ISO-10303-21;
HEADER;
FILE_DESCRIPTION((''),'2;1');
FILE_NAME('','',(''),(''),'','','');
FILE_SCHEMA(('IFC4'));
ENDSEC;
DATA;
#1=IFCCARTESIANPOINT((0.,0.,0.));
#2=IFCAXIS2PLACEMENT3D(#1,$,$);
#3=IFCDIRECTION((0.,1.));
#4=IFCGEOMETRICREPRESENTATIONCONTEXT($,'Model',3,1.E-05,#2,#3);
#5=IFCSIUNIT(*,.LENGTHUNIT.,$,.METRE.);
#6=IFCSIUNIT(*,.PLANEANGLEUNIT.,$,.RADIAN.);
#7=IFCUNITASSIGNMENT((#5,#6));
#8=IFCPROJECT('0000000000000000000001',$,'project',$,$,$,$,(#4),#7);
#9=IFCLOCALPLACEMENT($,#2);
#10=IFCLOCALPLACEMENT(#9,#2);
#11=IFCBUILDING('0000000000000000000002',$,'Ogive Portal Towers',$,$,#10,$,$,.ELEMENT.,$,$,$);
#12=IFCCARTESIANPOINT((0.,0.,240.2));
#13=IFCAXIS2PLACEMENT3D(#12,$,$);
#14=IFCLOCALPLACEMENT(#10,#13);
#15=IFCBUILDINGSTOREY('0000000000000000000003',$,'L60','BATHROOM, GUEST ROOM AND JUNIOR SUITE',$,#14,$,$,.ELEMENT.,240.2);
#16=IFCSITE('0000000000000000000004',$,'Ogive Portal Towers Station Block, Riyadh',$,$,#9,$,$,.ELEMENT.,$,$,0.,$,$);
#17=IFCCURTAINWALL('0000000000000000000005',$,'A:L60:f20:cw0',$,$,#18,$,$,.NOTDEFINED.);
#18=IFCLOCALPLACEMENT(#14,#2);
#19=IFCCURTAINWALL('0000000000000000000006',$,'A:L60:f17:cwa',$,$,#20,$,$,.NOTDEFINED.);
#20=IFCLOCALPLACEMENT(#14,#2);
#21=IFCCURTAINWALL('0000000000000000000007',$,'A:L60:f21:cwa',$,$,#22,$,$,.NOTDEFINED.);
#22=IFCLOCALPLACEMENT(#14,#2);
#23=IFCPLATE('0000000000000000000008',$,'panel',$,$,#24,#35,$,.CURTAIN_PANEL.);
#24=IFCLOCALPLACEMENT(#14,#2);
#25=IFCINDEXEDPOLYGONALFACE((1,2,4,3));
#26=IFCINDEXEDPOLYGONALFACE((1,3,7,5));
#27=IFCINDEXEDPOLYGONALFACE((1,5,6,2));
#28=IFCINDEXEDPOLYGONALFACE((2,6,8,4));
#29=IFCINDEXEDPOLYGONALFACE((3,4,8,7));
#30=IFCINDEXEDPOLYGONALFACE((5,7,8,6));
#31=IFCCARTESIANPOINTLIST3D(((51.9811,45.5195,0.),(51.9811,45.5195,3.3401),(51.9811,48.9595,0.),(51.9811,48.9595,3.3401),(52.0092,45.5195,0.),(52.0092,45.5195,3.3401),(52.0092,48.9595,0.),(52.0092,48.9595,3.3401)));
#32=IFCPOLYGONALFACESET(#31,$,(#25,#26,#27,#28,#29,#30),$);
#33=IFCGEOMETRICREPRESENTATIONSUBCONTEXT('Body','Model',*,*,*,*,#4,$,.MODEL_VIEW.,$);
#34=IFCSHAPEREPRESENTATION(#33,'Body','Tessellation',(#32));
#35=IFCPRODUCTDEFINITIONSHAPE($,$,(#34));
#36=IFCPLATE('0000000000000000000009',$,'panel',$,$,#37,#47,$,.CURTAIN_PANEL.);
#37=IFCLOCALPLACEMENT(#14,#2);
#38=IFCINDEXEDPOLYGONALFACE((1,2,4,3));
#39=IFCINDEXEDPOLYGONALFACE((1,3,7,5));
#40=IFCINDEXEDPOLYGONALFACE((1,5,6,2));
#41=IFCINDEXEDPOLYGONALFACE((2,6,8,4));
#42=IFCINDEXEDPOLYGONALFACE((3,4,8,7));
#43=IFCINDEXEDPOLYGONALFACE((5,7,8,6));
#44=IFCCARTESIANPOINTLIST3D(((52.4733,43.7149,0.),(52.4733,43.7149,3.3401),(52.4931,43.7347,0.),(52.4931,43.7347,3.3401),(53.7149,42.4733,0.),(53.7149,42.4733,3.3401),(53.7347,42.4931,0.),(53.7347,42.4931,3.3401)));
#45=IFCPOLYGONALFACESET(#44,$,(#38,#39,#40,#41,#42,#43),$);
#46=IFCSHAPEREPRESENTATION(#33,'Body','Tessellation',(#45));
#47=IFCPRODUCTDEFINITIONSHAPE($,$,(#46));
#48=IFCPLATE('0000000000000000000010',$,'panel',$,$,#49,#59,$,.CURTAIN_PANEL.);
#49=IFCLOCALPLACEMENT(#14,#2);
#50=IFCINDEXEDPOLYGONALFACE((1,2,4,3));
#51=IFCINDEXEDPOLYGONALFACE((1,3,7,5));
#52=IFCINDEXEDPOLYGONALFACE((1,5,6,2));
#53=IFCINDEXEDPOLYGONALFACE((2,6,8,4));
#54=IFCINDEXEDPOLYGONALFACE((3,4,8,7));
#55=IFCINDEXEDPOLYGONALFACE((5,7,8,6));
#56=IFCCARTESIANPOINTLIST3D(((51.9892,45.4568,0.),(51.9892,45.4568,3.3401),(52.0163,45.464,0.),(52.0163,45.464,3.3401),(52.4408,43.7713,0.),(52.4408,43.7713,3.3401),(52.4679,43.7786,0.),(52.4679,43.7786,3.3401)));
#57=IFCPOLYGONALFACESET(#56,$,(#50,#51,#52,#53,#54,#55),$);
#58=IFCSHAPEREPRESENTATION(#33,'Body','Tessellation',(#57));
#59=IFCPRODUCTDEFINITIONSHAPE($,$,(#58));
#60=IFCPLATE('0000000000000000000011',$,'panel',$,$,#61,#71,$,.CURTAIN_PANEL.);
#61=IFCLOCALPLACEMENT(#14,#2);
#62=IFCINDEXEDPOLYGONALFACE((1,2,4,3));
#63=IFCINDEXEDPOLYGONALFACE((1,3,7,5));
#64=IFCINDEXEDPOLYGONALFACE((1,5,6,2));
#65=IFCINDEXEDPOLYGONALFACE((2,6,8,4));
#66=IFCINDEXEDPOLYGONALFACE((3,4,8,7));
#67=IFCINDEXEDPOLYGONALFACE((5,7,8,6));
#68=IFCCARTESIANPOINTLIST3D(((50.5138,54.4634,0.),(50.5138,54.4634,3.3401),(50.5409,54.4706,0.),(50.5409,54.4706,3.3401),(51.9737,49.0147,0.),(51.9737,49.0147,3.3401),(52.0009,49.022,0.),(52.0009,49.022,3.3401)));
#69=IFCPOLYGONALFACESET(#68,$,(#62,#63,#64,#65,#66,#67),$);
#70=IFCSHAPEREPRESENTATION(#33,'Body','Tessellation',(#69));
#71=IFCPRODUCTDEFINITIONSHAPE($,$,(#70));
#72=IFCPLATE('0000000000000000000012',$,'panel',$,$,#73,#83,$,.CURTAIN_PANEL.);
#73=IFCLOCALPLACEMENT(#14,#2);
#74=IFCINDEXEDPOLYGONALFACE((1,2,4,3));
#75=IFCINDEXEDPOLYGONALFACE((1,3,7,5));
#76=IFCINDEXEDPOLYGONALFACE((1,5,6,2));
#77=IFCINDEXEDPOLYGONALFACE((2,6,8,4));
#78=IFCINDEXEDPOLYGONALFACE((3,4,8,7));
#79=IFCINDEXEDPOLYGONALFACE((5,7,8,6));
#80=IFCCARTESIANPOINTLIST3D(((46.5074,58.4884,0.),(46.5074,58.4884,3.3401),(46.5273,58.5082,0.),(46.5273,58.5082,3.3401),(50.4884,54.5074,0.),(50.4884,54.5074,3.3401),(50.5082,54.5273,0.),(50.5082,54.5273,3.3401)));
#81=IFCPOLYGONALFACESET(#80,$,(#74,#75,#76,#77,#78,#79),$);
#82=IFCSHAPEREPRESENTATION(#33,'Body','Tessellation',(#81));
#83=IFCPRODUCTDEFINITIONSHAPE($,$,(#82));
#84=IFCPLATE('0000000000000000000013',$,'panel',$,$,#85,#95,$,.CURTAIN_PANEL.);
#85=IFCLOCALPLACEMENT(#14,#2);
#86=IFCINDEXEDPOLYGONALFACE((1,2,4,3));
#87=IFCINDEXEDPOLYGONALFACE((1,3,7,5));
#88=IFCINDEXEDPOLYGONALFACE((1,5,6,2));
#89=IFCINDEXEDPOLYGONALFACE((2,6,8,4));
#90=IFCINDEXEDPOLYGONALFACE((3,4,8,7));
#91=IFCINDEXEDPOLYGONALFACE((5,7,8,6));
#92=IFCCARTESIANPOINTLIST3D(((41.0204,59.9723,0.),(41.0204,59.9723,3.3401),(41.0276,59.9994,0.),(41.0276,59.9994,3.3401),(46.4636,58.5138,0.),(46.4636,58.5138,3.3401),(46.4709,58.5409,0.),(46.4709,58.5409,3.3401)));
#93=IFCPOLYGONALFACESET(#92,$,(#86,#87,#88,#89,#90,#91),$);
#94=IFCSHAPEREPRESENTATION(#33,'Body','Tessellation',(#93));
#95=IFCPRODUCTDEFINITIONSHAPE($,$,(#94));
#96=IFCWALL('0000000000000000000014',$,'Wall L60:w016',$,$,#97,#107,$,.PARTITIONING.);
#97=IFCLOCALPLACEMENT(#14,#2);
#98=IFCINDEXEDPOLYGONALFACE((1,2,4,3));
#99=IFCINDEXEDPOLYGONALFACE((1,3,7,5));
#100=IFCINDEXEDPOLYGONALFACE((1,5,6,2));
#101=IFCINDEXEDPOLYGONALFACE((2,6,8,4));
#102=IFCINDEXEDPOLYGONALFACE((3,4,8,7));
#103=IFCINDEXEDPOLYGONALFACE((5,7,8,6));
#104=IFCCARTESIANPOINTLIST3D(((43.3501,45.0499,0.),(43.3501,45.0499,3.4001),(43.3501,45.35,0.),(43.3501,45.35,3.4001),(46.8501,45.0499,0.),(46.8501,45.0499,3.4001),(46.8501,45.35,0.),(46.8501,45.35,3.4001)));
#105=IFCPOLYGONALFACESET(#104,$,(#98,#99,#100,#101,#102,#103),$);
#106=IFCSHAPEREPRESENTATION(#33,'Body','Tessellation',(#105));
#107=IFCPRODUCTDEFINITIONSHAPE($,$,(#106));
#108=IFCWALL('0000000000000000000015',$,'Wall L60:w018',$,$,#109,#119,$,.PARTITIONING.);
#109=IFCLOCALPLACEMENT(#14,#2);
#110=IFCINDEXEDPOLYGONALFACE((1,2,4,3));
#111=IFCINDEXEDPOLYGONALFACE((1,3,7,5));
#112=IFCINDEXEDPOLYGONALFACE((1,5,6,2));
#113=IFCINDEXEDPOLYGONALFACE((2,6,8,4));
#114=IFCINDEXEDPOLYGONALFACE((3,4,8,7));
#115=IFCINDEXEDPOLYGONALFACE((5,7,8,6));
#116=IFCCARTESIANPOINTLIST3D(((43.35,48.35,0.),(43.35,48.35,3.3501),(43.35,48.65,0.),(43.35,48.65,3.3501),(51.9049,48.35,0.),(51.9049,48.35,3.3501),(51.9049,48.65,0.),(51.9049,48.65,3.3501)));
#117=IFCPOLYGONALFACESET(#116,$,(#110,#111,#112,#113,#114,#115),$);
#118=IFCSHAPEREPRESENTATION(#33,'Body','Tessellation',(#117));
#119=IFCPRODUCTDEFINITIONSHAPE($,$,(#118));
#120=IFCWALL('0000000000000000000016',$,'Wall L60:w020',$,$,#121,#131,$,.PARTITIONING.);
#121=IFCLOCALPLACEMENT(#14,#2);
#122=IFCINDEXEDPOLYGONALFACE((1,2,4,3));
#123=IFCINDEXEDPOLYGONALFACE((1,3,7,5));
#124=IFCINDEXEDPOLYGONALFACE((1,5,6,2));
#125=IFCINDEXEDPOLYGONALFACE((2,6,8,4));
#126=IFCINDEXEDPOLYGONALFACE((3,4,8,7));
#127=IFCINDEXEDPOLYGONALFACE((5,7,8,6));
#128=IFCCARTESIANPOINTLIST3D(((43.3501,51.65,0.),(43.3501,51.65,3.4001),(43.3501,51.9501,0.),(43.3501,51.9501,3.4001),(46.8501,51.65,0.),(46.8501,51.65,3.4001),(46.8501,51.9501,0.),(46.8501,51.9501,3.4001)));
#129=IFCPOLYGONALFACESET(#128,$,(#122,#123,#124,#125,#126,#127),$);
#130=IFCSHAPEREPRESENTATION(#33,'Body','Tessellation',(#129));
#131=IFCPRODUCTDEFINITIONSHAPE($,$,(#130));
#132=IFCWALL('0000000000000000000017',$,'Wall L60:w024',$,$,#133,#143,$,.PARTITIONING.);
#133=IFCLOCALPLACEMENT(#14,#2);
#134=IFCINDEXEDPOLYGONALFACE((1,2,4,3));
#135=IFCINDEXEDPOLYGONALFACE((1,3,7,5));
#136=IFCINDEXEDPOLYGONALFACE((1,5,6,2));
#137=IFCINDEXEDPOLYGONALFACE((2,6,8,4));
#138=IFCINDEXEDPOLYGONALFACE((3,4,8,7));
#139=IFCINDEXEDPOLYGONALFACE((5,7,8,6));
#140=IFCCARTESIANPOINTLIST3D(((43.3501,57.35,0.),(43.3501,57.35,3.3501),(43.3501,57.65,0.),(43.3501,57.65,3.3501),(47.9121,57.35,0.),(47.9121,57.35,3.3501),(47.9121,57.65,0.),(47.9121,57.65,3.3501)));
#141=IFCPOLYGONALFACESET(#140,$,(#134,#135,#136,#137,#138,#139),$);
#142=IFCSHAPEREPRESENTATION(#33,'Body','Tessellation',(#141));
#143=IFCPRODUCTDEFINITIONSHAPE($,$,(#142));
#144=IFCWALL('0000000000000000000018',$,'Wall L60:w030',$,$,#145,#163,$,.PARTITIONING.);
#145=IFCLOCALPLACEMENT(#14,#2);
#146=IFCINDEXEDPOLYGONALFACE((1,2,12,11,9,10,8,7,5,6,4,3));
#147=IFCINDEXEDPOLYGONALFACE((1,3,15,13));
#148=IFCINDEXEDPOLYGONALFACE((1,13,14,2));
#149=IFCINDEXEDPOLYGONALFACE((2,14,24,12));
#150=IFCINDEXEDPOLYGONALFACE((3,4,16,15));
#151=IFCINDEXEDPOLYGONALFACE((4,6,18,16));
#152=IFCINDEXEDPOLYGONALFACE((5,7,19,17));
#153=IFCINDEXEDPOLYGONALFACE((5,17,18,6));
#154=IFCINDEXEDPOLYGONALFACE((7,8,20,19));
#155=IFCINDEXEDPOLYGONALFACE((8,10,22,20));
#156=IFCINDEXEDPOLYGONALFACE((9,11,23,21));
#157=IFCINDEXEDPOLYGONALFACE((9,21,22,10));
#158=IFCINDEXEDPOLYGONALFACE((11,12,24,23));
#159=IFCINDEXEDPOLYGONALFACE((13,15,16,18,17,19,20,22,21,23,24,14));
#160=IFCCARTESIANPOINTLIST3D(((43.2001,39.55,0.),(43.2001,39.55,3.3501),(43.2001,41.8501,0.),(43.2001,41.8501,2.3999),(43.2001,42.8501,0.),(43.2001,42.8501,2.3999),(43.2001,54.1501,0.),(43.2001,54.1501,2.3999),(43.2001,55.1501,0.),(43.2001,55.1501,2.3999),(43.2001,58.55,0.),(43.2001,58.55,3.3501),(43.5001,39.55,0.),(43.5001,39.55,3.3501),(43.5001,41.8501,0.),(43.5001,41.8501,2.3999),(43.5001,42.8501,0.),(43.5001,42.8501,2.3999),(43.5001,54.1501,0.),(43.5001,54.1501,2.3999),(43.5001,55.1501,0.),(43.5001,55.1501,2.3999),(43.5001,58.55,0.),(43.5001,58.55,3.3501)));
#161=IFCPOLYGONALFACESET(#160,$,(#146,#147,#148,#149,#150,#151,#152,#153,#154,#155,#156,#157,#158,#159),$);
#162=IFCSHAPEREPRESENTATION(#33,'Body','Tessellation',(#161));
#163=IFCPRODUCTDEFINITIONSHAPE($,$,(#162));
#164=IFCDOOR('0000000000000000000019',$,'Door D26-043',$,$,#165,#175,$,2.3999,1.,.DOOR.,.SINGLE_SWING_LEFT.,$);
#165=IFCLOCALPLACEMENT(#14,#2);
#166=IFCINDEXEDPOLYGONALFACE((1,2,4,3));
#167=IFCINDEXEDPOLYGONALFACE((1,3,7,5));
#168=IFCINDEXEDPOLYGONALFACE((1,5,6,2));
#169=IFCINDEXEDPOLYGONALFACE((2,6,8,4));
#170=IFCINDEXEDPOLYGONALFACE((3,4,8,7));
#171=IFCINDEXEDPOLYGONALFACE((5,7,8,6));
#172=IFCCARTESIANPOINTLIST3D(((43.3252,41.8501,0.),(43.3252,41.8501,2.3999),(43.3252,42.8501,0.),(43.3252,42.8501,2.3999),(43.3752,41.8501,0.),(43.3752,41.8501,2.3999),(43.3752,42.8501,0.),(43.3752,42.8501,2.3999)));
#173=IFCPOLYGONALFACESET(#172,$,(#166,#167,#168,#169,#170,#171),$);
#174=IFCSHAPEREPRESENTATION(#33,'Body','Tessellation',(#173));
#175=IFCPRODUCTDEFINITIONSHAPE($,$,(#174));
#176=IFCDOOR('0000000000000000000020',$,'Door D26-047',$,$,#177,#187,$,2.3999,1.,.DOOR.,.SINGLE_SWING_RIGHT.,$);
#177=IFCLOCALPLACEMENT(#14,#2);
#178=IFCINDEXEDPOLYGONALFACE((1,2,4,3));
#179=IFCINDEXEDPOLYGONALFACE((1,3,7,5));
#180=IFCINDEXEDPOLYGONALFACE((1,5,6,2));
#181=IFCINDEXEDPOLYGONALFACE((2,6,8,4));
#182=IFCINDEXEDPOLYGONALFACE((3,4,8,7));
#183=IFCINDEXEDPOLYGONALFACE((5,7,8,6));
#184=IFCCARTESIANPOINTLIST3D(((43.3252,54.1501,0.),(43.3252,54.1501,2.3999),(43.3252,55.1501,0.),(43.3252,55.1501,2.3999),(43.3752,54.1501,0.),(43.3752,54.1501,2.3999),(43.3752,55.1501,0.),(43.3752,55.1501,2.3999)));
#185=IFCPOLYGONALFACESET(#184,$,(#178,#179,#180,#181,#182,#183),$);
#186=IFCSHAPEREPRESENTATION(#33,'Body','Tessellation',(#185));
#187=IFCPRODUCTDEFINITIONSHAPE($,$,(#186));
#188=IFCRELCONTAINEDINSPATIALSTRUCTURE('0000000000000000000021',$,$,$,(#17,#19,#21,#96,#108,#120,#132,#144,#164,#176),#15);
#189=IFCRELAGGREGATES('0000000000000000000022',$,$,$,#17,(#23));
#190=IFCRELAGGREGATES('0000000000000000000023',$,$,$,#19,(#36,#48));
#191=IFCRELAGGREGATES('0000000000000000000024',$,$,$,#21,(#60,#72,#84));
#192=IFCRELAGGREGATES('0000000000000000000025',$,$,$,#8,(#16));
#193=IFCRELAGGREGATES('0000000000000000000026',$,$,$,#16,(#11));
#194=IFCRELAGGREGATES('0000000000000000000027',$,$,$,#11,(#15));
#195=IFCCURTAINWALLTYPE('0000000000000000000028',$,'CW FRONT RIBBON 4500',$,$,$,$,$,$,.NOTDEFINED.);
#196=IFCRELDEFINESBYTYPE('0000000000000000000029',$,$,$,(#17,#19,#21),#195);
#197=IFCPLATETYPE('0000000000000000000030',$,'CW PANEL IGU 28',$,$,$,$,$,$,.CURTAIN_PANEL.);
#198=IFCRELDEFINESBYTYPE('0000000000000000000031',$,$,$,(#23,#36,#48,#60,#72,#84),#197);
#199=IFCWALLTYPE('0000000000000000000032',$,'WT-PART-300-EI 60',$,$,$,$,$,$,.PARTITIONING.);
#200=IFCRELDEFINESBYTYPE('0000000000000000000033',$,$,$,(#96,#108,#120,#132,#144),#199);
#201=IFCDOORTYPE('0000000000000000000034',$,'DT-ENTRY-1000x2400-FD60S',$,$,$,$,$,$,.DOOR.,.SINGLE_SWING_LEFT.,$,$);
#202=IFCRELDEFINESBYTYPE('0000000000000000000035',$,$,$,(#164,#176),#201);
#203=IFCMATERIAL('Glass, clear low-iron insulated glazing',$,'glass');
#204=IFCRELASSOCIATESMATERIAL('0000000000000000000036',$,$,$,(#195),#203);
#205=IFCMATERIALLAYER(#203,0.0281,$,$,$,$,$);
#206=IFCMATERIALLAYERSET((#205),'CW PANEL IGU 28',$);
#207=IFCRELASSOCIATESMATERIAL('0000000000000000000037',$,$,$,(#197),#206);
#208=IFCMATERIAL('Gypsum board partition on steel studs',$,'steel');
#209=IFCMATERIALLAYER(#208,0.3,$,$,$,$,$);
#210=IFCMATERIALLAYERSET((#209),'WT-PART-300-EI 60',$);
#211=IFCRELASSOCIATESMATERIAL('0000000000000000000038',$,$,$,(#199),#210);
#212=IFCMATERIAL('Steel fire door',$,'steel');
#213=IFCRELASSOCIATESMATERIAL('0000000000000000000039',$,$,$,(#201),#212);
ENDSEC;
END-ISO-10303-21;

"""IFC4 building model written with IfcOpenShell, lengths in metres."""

from ifc_helpers import new_model, si_unit, direction, frame, frame_2d, origin, origin_2d, place, context, subcontext, project, spatial, rectangle, extrude, material, layer, layer_set, type_object, element, fill, aggregate, save


model = new_model("IFC4")

# Units and contexts
model_context = context("Model", 3, precision=1e-05, world=origin(), true_north=direction((0.0, 1.0)))
body_context = subcontext(model_context, "Body", "Model", "MODEL_VIEW")
ifc_project = project(units=[si_unit("LENGTHUNIT", "METRE"), si_unit("PLANEANGLEUNIT", "RADIAN")], contexts=[model_context])

# Site, building, storey
site_placement = place(None, origin())
site = spatial("IfcSite", under=ifc_project, at=site_placement, Name="Ogive Portal Towers Station Block, Riyadh", CompositionType="ELEMENT", RefElevation=0.0)
building_placement = place(site_placement, origin())
building = spatial("IfcBuilding", under=site, at=building_placement, Name="Ogive Portal Towers", CompositionType="ELEMENT")
storey_placement = place(building_placement, frame((0.0, 0.0, 240.2)))
storey = spatial("IfcBuildingStorey", under=building, at=storey_placement, Name="L60", Description="BATHROOM, GUEST ROOM AND JUNIOR SUITE", CompositionType="ELEMENT", Elevation=240.2)

# Curtain walls
ifc_material_1 = material(Name="Glass, clear low-iron insulated glazing", Category="glass")
curtain_wall_type = type_object("IfcCurtainWallType", Name="CW FRONT RIBBON 4500", PredefinedType="NOTDEFINED", material=ifc_material_1)
curtain_wall_1_placement = place(storey_placement, origin())
curtain_wall_1 = element("IfcCurtainWall", 1, at=curtain_wall_1_placement, inside=storey, type_object=curtain_wall_type, Name="A:L60:f20:cw0", PredefinedType="NOTDEFINED")
curtain_wall_2_placement = place(storey_placement, origin())
curtain_wall_2 = element("IfcCurtainWall", 2, at=curtain_wall_2_placement, inside=storey, type_object=curtain_wall_type, Name="A:L60:f17:cwa", PredefinedType="NOTDEFINED")
curtain_wall_3_placement = place(storey_placement, origin())
curtain_wall_3 = element("IfcCurtainWall", 3, at=curtain_wall_3_placement, inside=storey, type_object=curtain_wall_type, Name="A:L60:f21:cwa", PredefinedType="NOTDEFINED")

# Plates
ifc_layer_1 = layer(ifc_material_1, 0.0281)
ifc_layer_set_1 = layer_set([ifc_layer_1], Name="CW PANEL IGU 28")
plate_type = type_object("IfcPlateType", Name="CW PANEL IGU 28", PredefinedType="CURTAIN_PANEL", material=ifc_layer_set_1)
plate_1_placement = place(storey_placement, frame((51.9951, 47.2395, 0.0), z_axis=(0.0, 0.0, 1.0), x_axis=(0.0, 1.0, 0.0)))
plate_1 = element("IfcPlate", 4, at=plate_1_placement, type_object=plate_type, Name="panel", PredefinedType="CURTAIN_PANEL", context=body_context, shape_type="SweptSolid", body=[
    extrude(rectangle(XDim=3.4399, YDim=0.0281, at=origin_2d()), origin(), (0.0, 0.0, 1.0), 3.3401),
])
aggregate(curtain_wall_1, [plate_1])
plate_2_placement = place(storey_placement, frame((53.104, 43.104, 0.0), z_axis=(0.0, 0.0, 1.0), x_axis=(-0.707107, 0.707107, 0.0)))
plate_2 = element("IfcPlate", 5, at=plate_2_placement, type_object=plate_type, Name="panel", PredefinedType="CURTAIN_PANEL", context=body_context, shape_type="SweptSolid", body=[
    extrude(rectangle(XDim=1.7559, YDim=0.0281, at=origin_2d()), origin(), (0.0, 0.0, 1.0), 3.3401),
])
plate_3_placement = place(storey_placement, frame((52.2285, 44.6177, 0.0), z_axis=(0.0, 0.0, 1.0), x_axis=(-0.258819, 0.965926, 0.0)))
plate_3 = element("IfcPlate", 6, at=plate_3_placement, type_object=plate_type, Name="panel", PredefinedType="CURTAIN_PANEL", context=body_context, shape_type="SweptSolid", body=[
    extrude(rectangle(XDim=1.7449, YDim=0.0281, at=origin_2d()), origin(), (0.0, 0.0, 1.0), 3.3401),
])
aggregate(curtain_wall_2, [plate_2, plate_3])
plate_4_placement = place(storey_placement, frame((51.2573, 51.7427, 0.0), z_axis=(0.0, 0.0, 1.0), x_axis=(-0.258819, 0.965926, 0.0)))
plate_4 = element("IfcPlate", 7, at=plate_4_placement, type_object=plate_type, Name="panel", PredefinedType="CURTAIN_PANEL", context=body_context, shape_type="SweptSolid", body=[
    extrude(rectangle(XDim=5.6409, YDim=0.0281, at=origin_2d()), origin(), (0.0, 0.0, 1.0), 3.3401),
])
plate_5_placement = place(storey_placement, frame((48.5078, 56.5078, 0.0), z_axis=(0.0, 0.0, 1.0), x_axis=(-0.707107, 0.707107, 0.0)))
plate_5 = element("IfcPlate", 8, at=plate_5_placement, type_object=plate_type, Name="panel", PredefinedType="CURTAIN_PANEL", context=body_context, shape_type="SweptSolid", body=[
    extrude(rectangle(XDim=5.6299, YDim=0.0281, at=origin_2d()), origin(), (0.0, 0.0, 1.0), 3.3401),
])
plate_6_placement = place(storey_placement, frame((43.7456, 59.2566, 0.0), z_axis=(0.0, 0.0, 1.0), x_axis=(-0.965926, 0.258819, 0.0)))
plate_6 = element("IfcPlate", 9, at=plate_6_placement, type_object=plate_type, Name="panel", PredefinedType="CURTAIN_PANEL", context=body_context, shape_type="SweptSolid", body=[
    extrude(rectangle(XDim=5.6353, YDim=0.0281, at=origin_2d()), origin(), (0.0, 0.0, 1.0), 3.3401),
])
aggregate(curtain_wall_3, [plate_4, plate_5, plate_6])

# Walls
ifc_material_2 = material(Name="Gypsum board partition on steel studs", Category="steel")
ifc_layer_2 = layer(ifc_material_2, 0.3)
ifc_layer_set_2 = layer_set([ifc_layer_2], Name="WT-PART-300-EI 60")
wall_type = type_object("IfcWallType", Name="WT-PART-300-EI 60", PredefinedType="PARTITIONING", material=ifc_layer_set_2)
wall_1_placement = place(storey_placement, frame((43.3501, 45.2, 0.0), z_axis=(0.0, 0.0, 1.0), x_axis=(1.0, 0.0, 0.0)))
element("IfcWall", 10, at=wall_1_placement, inside=storey, type_object=wall_type, Name="Wall L60:w016", PredefinedType="PARTITIONING", context=body_context, shape_type="SweptSolid", body=[
    extrude(rectangle(XDim=3.5, YDim=0.3, at=frame_2d((1.75, 0.0))), origin(), (0.0, 0.0, 1.0), 3.4001),
])
wall_2_placement = place(storey_placement, frame((43.3501, 48.5, 0.0), z_axis=(0.0, 0.0, 1.0), x_axis=(1.0, 0.0, 0.0)))
element("IfcWall", 11, at=wall_2_placement, inside=storey, type_object=wall_type, Name="Wall L60:w018", PredefinedType="PARTITIONING", context=body_context, shape_type="SweptSolid", body=[
    extrude(rectangle(XDim=8.5549, YDim=0.3, at=frame_2d((4.2773, 0.0))), origin(), (0.0, 0.0, 1.0), 3.3501),
])
wall_3_placement = place(storey_placement, frame((43.3501, 51.8, 0.0), z_axis=(0.0, 0.0, 1.0), x_axis=(1.0, 0.0, 0.0)))
element("IfcWall", 12, at=wall_3_placement, inside=storey, type_object=wall_type, Name="Wall L60:w020", PredefinedType="PARTITIONING", context=body_context, shape_type="SweptSolid", body=[
    extrude(rectangle(XDim=3.5, YDim=0.3, at=frame_2d((1.75, 0.0))), origin(), (0.0, 0.0, 1.0), 3.4001),
])
wall_4_placement = place(storey_placement, frame((43.3501, 57.5, 0.0), z_axis=(0.0, 0.0, 1.0), x_axis=(1.0, 0.0, 0.0)))
element("IfcWall", 13, at=wall_4_placement, inside=storey, type_object=wall_type, Name="Wall L60:w024", PredefinedType="PARTITIONING", context=body_context, shape_type="SweptSolid", body=[
    extrude(rectangle(XDim=4.562, YDim=0.3, at=frame_2d((2.281, 0.0))), origin(), (0.0, 0.0, 1.0), 3.3501),
])

# Wall, openings, doors
wall_5_placement = place(storey_placement, frame((43.3501, 39.55, 0.0), z_axis=(0.0, 0.0, 1.0), x_axis=(0.0, 1.0, 0.0)))
wall_5 = element("IfcWall", 14, at=wall_5_placement, inside=storey, type_object=wall_type, Name="Wall L60:w030", PredefinedType="PARTITIONING", context=body_context, shape_type="SweptSolid", body=[
    extrude(rectangle(XDim=19.0, YDim=0.3, at=frame_2d((9.5, 0.0))), origin(), (0.0, 0.0, 1.0), 3.3501),
])
opening_1_placement = place(wall_5_placement, frame((2.3, 0.0, 0.0)))
opening_1 = element("IfcOpeningElement", 15, at=opening_1_placement, cuts=wall_5, PredefinedType="OPENING", context=body_context, shape_type="SweptSolid", body=[
    extrude(rectangle(XDim=1.0, YDim=2.3999, at=frame_2d((0.5, 1.2))), frame((0.0, 0.1602, 0.0), z_axis=(0.0, -1.0, 0.0), x_axis=(1.0, 0.0, 0.0)), (0.0, 0.0, 1.0), 0.3201),
])
opening_2_placement = place(wall_5_placement, frame((14.6001, 0.0, 0.0)))
opening_2 = element("IfcOpeningElement", 16, at=opening_2_placement, cuts=wall_5, PredefinedType="OPENING", context=body_context, shape_type="SweptSolid", body=[
    extrude(rectangle(XDim=1.0, YDim=2.3999, at=frame_2d((0.5, 1.2))), frame((0.0, 0.1602, 0.0), z_axis=(0.0, -1.0, 0.0), x_axis=(1.0, 0.0, 0.0)), (0.0, 0.0, 1.0), 0.3201),
])
ifc_material_3 = material(Name="Steel fire door", Category="steel")
door_type_1 = type_object("IfcDoorType", Name="DT-ENTRY-1000x2400-FD60S", OperationType="SINGLE_SWING_LEFT", PredefinedType="DOOR", material=ifc_material_3)
door_1_placement = place(opening_1_placement, origin())
door_1 = element("IfcDoor", 17, at=door_1_placement, inside=storey, type_object=door_type_1, Name="Door D26-043", OperationType="SINGLE_SWING_LEFT", OverallHeight=2.3999, OverallWidth=1.0, PredefinedType="DOOR", context=body_context, shape_type="SweptSolid", body=[
    extrude(rectangle(XDim=1.0, YDim=2.3999, at=frame_2d((0.5, 1.2))), frame((0.0, 0.0249, 0.0), z_axis=(0.0, -1.0, 0.0), x_axis=(1.0, 0.0, 0.0)), (0.0, 0.0, 1.0), 0.05),
])
fill(opening_1, door_1)
door_2_placement = place(opening_2_placement, origin())
door_2 = element("IfcDoor", 18, at=door_2_placement, inside=storey, type_object=door_type_1, Name="Door D26-047", OperationType="SINGLE_SWING_RIGHT", OverallHeight=2.3999, OverallWidth=1.0, PredefinedType="DOOR", context=body_context, shape_type="SweptSolid", body=[
    extrude(rectangle(XDim=1.0, YDim=2.3999, at=frame_2d((0.5, 1.2))), frame((0.0, 0.0249, 0.0), z_axis=(0.0, -1.0, 0.0), x_axis=(1.0, 0.0, 0.0)), (0.0, 0.0, 1.0), 0.05),
])
fill(opening_2, door_2)

save(model, "model.ifc")
